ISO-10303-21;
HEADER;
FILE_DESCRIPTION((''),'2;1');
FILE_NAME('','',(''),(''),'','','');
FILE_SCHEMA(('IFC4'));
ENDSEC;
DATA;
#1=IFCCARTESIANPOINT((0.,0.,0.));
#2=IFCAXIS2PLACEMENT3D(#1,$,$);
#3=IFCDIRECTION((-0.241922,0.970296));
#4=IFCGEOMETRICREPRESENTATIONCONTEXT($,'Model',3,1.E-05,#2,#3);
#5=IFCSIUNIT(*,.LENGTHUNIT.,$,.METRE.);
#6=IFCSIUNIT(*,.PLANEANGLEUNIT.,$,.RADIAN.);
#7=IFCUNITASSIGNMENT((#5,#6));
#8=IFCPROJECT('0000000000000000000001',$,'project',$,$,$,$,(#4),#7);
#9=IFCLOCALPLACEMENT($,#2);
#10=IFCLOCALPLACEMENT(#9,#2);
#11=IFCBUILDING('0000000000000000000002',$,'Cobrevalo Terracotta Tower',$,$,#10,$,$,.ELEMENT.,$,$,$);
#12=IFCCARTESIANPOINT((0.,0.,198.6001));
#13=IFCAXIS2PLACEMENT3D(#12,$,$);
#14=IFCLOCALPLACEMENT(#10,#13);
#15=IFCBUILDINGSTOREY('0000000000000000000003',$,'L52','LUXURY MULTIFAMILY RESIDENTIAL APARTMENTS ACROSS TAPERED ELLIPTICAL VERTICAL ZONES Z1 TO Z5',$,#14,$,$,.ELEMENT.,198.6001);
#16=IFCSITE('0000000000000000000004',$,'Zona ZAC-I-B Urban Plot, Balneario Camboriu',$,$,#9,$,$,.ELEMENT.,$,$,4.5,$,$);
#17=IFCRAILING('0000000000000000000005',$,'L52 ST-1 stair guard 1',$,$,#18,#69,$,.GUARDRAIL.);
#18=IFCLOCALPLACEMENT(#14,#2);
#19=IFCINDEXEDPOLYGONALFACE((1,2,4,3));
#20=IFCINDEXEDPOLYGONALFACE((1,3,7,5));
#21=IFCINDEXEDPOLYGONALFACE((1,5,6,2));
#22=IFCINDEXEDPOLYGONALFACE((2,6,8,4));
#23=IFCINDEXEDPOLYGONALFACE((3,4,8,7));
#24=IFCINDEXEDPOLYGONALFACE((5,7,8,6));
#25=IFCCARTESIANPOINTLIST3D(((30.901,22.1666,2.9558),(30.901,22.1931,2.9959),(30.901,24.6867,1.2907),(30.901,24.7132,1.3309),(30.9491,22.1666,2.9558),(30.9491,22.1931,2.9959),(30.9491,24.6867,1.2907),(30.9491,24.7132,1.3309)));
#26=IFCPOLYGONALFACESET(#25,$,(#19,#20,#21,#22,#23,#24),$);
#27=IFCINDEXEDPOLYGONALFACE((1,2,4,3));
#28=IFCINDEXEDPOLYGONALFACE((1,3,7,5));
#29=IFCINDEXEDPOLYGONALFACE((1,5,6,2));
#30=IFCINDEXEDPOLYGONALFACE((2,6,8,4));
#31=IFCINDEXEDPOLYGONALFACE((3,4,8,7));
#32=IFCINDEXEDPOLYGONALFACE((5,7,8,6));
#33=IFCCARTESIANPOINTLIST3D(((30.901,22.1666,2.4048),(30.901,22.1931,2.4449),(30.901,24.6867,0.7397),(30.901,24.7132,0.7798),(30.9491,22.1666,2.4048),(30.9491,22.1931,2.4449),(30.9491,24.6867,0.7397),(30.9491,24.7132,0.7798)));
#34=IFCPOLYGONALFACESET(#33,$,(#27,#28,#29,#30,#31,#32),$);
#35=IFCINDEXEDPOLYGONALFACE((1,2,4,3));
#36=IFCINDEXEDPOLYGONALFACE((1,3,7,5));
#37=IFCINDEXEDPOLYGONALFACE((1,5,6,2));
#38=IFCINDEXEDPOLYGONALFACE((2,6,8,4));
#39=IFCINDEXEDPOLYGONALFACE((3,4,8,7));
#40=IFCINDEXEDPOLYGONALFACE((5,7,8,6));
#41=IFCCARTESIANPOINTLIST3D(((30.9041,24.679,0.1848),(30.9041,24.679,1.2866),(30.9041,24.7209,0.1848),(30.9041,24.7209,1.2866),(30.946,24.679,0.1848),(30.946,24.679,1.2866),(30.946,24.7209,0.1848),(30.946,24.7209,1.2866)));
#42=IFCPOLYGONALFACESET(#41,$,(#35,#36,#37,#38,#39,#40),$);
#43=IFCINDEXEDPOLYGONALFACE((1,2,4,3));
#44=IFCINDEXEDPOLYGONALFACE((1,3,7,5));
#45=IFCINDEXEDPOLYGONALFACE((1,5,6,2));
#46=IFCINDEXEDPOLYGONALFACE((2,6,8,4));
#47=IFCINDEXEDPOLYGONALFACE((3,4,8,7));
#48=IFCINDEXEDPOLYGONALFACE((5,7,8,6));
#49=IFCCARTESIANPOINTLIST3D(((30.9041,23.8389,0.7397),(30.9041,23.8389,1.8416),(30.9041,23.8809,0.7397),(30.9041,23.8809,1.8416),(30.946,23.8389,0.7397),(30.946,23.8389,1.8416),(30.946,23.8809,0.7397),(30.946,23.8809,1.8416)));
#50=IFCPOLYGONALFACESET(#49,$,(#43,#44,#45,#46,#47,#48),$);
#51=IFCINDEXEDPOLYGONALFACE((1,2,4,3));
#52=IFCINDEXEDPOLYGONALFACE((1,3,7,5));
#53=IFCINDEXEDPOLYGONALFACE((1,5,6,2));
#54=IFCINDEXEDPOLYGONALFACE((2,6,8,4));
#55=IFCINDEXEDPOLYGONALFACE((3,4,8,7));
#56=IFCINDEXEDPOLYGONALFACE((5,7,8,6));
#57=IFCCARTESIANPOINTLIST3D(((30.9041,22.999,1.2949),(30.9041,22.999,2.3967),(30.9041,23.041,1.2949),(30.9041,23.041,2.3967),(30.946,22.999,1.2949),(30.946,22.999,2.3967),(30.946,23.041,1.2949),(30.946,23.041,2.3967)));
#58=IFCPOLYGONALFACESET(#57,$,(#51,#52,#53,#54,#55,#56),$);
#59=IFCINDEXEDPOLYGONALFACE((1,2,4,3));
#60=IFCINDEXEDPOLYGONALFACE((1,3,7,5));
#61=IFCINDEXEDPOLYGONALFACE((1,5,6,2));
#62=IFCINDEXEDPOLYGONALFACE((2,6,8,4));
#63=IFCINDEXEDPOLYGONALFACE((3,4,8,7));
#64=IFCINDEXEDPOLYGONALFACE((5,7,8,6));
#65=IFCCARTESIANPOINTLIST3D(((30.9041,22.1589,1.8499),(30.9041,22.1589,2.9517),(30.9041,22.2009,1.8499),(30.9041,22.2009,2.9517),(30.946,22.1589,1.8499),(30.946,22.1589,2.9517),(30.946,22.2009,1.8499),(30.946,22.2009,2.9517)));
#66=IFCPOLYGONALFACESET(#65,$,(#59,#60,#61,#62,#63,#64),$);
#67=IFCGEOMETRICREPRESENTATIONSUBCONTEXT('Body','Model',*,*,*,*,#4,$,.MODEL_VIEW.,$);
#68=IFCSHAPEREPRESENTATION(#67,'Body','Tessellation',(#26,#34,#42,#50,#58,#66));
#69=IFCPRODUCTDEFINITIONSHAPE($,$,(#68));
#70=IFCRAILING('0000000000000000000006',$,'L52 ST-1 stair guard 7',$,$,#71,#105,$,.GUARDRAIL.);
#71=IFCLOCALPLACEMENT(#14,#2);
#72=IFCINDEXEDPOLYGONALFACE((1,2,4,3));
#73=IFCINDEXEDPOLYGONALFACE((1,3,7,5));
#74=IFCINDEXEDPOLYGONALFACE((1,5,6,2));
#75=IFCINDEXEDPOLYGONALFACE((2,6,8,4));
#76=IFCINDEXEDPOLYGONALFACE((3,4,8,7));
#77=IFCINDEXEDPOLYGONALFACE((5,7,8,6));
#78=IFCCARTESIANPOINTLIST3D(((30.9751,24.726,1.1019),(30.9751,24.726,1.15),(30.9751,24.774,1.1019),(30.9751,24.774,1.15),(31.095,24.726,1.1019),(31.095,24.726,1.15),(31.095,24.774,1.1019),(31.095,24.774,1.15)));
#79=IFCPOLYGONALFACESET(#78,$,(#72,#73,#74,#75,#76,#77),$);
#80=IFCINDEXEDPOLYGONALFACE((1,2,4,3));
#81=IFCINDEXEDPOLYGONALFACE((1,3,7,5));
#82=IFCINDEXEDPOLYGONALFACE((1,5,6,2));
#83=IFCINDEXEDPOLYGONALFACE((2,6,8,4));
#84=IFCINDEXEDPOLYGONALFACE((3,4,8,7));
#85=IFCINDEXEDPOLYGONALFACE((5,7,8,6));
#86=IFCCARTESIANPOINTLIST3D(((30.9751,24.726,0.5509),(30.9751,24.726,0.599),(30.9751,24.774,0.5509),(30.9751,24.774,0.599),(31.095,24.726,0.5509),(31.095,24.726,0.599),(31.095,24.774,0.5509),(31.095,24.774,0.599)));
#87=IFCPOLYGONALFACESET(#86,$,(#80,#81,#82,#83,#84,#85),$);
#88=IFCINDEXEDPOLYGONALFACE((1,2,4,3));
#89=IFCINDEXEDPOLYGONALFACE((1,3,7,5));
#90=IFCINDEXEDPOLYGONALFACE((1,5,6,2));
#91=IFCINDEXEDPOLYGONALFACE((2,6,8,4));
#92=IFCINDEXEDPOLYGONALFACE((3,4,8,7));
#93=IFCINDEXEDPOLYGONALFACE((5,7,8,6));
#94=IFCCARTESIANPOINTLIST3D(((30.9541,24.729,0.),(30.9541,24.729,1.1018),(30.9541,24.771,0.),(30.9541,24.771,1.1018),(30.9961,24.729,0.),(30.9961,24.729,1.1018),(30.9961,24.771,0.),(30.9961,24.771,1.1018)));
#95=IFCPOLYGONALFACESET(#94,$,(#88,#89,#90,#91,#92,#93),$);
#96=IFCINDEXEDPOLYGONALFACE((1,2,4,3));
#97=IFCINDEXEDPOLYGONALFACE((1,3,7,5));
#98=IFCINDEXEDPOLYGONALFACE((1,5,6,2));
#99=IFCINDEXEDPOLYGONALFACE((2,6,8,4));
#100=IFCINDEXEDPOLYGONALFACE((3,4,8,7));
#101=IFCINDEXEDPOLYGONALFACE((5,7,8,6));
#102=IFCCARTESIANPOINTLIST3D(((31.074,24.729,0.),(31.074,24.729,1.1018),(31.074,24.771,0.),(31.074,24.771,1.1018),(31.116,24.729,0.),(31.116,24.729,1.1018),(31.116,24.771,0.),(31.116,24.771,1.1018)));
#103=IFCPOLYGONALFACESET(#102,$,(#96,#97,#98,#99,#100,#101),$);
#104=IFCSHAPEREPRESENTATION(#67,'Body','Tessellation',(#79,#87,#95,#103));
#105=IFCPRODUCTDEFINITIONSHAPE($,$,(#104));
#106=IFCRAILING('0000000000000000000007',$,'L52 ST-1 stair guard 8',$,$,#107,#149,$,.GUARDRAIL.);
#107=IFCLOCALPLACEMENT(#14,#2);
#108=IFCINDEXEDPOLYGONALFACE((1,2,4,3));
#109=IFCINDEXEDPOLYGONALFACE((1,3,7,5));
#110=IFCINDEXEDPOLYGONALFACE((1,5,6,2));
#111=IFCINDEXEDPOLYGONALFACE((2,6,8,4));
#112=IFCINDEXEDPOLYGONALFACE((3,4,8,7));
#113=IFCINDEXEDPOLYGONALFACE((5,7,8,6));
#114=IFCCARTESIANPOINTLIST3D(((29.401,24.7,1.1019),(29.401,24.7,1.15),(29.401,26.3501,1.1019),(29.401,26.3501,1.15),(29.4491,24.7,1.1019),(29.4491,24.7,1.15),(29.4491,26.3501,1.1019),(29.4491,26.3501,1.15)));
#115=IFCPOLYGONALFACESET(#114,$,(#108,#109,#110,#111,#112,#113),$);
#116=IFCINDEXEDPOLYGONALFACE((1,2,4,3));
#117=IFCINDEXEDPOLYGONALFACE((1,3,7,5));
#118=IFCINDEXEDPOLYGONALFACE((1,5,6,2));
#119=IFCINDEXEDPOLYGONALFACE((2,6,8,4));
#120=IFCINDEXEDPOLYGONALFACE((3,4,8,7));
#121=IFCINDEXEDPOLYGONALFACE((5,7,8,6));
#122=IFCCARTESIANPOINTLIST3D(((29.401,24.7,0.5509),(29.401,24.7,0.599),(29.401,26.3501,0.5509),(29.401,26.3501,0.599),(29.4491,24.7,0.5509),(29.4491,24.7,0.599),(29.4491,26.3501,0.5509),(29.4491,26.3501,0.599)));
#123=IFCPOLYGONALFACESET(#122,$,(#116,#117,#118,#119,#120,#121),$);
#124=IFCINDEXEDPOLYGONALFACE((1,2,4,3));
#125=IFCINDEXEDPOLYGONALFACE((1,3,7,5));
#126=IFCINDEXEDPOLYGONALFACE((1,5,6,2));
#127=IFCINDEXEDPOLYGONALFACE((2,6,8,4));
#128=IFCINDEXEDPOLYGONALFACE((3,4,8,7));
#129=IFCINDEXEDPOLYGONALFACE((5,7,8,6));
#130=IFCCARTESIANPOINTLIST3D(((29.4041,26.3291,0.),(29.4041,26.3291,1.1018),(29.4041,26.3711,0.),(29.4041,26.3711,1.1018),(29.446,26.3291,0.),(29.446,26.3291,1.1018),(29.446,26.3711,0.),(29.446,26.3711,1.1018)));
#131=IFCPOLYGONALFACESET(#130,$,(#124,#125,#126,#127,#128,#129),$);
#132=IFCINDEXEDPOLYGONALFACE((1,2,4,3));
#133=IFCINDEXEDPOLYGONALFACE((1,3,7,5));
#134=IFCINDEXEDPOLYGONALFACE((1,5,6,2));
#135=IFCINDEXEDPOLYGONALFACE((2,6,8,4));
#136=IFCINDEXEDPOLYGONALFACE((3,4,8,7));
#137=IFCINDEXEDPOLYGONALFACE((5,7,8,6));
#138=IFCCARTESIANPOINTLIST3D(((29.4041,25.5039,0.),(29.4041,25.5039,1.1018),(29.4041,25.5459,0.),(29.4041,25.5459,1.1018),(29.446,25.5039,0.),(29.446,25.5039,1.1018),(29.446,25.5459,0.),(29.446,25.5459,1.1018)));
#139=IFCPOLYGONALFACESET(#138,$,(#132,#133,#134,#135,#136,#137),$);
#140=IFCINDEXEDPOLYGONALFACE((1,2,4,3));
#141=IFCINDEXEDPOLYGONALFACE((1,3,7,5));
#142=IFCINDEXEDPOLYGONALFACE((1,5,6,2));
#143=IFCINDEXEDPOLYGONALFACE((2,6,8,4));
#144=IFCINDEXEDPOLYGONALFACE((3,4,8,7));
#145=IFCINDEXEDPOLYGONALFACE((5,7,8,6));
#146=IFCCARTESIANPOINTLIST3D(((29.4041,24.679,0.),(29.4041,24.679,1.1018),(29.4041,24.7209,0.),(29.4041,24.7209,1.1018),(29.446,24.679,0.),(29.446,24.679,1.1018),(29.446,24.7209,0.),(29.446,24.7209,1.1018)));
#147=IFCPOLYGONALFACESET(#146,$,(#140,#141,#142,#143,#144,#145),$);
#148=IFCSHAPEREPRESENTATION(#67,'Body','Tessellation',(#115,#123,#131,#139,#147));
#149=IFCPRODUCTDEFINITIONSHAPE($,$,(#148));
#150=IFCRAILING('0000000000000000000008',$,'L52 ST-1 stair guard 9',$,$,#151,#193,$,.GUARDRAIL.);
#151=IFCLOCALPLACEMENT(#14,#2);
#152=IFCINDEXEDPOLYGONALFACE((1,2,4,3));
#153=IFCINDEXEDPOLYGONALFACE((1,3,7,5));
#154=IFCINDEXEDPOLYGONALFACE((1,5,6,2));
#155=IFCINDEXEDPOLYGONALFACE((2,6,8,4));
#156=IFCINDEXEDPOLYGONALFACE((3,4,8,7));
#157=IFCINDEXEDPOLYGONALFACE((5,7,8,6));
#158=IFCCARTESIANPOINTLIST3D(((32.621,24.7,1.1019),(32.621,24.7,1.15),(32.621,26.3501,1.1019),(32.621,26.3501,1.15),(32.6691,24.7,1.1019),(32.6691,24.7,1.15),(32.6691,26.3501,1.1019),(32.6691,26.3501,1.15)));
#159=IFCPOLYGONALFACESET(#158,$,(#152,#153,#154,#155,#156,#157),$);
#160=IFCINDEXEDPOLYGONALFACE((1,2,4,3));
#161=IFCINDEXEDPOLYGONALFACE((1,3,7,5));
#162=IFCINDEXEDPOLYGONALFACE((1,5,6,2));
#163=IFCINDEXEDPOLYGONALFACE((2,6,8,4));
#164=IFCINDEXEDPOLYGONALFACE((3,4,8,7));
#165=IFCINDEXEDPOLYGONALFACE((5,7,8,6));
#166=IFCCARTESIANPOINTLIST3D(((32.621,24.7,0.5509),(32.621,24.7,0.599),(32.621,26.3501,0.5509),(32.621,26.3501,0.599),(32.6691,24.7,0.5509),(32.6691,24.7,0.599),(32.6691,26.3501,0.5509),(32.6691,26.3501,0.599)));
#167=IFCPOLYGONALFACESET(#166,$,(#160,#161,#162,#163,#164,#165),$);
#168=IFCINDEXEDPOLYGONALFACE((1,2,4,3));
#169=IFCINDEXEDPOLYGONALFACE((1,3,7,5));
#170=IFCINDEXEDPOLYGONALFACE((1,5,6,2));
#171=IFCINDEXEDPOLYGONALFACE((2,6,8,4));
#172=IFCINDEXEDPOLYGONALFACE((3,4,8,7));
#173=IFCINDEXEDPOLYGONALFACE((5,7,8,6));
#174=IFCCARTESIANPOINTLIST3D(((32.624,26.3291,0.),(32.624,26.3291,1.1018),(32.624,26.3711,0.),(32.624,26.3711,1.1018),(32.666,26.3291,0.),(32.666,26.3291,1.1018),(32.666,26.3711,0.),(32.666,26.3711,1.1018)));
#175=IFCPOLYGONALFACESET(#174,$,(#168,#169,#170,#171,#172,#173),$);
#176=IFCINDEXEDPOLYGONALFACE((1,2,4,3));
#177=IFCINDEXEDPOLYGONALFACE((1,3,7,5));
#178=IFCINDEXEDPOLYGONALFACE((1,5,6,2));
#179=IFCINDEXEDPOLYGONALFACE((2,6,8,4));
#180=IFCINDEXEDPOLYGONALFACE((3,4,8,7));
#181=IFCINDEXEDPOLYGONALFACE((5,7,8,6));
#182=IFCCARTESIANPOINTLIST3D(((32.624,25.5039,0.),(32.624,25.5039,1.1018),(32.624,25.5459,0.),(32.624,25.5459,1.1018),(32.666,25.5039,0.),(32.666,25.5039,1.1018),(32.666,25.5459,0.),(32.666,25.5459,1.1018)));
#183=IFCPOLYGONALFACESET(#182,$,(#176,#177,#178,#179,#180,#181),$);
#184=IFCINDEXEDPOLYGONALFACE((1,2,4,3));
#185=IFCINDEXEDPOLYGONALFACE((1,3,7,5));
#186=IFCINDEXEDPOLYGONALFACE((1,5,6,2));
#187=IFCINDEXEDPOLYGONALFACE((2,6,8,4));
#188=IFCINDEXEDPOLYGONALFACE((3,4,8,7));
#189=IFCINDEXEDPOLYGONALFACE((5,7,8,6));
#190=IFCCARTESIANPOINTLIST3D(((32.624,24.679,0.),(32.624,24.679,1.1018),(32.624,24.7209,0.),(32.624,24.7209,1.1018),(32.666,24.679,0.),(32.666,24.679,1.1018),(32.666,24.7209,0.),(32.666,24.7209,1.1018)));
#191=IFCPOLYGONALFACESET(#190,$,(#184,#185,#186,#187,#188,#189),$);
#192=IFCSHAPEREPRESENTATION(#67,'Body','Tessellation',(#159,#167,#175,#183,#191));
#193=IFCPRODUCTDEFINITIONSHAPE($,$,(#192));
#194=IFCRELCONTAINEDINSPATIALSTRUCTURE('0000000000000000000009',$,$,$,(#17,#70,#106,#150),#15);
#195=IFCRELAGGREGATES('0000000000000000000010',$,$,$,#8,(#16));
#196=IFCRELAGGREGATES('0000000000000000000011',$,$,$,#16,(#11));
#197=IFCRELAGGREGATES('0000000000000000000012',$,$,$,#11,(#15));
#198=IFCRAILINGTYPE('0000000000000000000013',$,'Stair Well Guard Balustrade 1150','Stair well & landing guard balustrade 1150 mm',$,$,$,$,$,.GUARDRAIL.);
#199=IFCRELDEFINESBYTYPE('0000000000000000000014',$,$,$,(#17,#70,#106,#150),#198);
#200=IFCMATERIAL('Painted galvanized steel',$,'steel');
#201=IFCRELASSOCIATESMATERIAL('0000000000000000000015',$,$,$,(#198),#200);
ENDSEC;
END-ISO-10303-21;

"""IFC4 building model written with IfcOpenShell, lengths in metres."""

from ifc_helpers import new_model, si_unit, direction, frame, origin, origin_2d, place, context, subcontext, project, spatial, rectangle, extrude, material, type_object, element, save


model = new_model("IFC4")

# Units and contexts
model_context = context("Model", 3, precision=1e-05, world=origin(), true_north=direction((-0.241922, 0.970296)))
body_context = subcontext(model_context, "Body", "Model", "MODEL_VIEW")
ifc_project = project(units=[si_unit("LENGTHUNIT", "METRE"), si_unit("PLANEANGLEUNIT", "RADIAN")], contexts=[model_context])

# Site, building, storey
site_placement = place(None, origin())
site = spatial("IfcSite", under=ifc_project, at=site_placement, Name="Zona ZAC-I-B Urban Plot, Balneario Camboriu", CompositionType="ELEMENT", RefElevation=4.5)
building_placement = place(site_placement, origin())
building = spatial("IfcBuilding", under=site, at=building_placement, Name="Cobrevalo Terracotta Tower", CompositionType="ELEMENT")
storey_placement = place(building_placement, frame((0.0, 0.0, 198.6001)))
storey = spatial("IfcBuildingStorey", under=building, at=storey_placement, Name="L52", Description="LUXURY MULTIFAMILY RESIDENTIAL APARTMENTS ACROSS TAPERED ELLIPTICAL VERTICAL ZONES Z1 TO Z5", CompositionType="ELEMENT", Elevation=198.6001)

# Railings
ifc_material_1 = material(Name="Painted galvanized steel", Category="steel")
railing_type_1 = type_object("IfcRailingType", Name="Stair Well Guard Balustrade 1150", Description="Stair well & landing guard balustrade 1150 mm", PredefinedType="GUARDRAIL", material=ifc_material_1)
railing_1_placement = place(storey_placement, frame((30.925, 24.7, 0.1848)))
element("IfcRailing", 1, at=railing_1_placement, inside=storey, type_object=railing_type_1, Name="L52 ST-1 stair guard 1", PredefinedType="GUARDRAIL", context=body_context, shape_type="SweptSolid", body=[
    extrude(rectangle(XDim=0.0481, YDim=0.0481, at=origin_2d()), frame((0.0, 0.0, 1.126), z_axis=(0.0, -0.834331, 0.551263), x_axis=(1.0, 0.0, 0.0)), (0.0, 0.0, 1.0), 3.0205),
    extrude(rectangle(XDim=0.0481, YDim=0.0481, at=origin_2d()), frame((0.0, 0.0, 0.575), z_axis=(0.0, -0.834331, 0.551263), x_axis=(1.0, 0.0, 0.0)), (0.0, 0.0, 1.0), 3.0205),
    extrude(rectangle(XDim=0.042, YDim=0.042, at=origin_2d()), origin(), (0.0, 0.0, 1.0), 1.1018),
    extrude(rectangle(XDim=0.042, YDim=0.042, at=origin_2d()), frame((0.0, -0.8401, 0.5549)), (0.0, 0.0, 1.0), 1.1018),
    extrude(rectangle(XDim=0.042, YDim=0.042, at=origin_2d()), frame((0.0, -1.6799, 1.1101)), (0.0, 0.0, 1.0), 1.1018),
    extrude(rectangle(XDim=0.042, YDim=0.042, at=origin_2d()), frame((0.0, -2.52, 1.665)), (0.0, 0.0, 1.0), 1.1018),
])
railing_2_placement = place(storey_placement, frame((30.9751, 24.75, 0.0)))
element("IfcRailing", 2, at=railing_2_placement, inside=storey, type_object=railing_type_1, Name="L52 ST-1 stair guard 7", PredefinedType="GUARDRAIL", context=body_context, shape_type="SweptSolid", body=[
    extrude(rectangle(XDim=0.0481, YDim=0.0481, at=origin_2d()), frame((0.0, 0.0, 1.126), z_axis=(1.0, 0.0, 0.0), x_axis=(0.0, 1.0, 0.0)), (0.0, 0.0, 1.0), 0.1199),
    extrude(rectangle(XDim=0.0481, YDim=0.0481, at=origin_2d()), frame((0.0, 0.0, 0.575), z_axis=(1.0, 0.0, 0.0), x_axis=(0.0, 1.0, 0.0)), (0.0, 0.0, 1.0), 0.1199),
    extrude(rectangle(XDim=0.042, YDim=0.042, at=origin_2d()), origin(), (0.0, 0.0, 1.0), 1.1018),
    extrude(rectangle(XDim=0.042, YDim=0.042, at=origin_2d()), frame((0.1199, 0.0, 0.0)), (0.0, 0.0, 1.0), 1.1018),
])
for number, where, name in (
    (3, (29.425, 26.3501, 0.0), "L52 ST-1 stair guard 8"),
    (4, (32.645, 26.3501, 0.0), "L52 ST-1 stair guard 9"),
):
    element("IfcRailing", number, at=place(storey_placement, frame(where)), inside=storey, type_object=railing_type_1, Name=name, PredefinedType="GUARDRAIL", context=body_context, shape_type="SweptSolid", body=[
        extrude(rectangle(XDim=0.0481, YDim=0.0481, at=origin_2d()), frame((0.0, 0.0, 1.126), z_axis=(0.0, -1.0, 0.0), x_axis=(1.0, 0.0, 0.0)), (0.0, 0.0, 1.0), 1.6501),
        extrude(rectangle(XDim=0.0481, YDim=0.0481, at=origin_2d()), frame((0.0, 0.0, 0.575), z_axis=(0.0, -1.0, 0.0), x_axis=(1.0, 0.0, 0.0)), (0.0, 0.0, 1.0), 1.6501),
        extrude(rectangle(XDim=0.042, YDim=0.042, at=origin_2d()), origin(), (0.0, 0.0, 1.0), 1.1018),
        extrude(rectangle(XDim=0.042, YDim=0.042, at=origin_2d()), frame((0.0, -0.8252, 0.0)), (0.0, 0.0, 1.0), 1.1018),
        extrude(rectangle(XDim=0.042, YDim=0.042, at=origin_2d()), frame((0.0, -1.6501, 0.0)), (0.0, 0.0, 1.0), 1.1018),
    ])

save(model, "model.ifc")
